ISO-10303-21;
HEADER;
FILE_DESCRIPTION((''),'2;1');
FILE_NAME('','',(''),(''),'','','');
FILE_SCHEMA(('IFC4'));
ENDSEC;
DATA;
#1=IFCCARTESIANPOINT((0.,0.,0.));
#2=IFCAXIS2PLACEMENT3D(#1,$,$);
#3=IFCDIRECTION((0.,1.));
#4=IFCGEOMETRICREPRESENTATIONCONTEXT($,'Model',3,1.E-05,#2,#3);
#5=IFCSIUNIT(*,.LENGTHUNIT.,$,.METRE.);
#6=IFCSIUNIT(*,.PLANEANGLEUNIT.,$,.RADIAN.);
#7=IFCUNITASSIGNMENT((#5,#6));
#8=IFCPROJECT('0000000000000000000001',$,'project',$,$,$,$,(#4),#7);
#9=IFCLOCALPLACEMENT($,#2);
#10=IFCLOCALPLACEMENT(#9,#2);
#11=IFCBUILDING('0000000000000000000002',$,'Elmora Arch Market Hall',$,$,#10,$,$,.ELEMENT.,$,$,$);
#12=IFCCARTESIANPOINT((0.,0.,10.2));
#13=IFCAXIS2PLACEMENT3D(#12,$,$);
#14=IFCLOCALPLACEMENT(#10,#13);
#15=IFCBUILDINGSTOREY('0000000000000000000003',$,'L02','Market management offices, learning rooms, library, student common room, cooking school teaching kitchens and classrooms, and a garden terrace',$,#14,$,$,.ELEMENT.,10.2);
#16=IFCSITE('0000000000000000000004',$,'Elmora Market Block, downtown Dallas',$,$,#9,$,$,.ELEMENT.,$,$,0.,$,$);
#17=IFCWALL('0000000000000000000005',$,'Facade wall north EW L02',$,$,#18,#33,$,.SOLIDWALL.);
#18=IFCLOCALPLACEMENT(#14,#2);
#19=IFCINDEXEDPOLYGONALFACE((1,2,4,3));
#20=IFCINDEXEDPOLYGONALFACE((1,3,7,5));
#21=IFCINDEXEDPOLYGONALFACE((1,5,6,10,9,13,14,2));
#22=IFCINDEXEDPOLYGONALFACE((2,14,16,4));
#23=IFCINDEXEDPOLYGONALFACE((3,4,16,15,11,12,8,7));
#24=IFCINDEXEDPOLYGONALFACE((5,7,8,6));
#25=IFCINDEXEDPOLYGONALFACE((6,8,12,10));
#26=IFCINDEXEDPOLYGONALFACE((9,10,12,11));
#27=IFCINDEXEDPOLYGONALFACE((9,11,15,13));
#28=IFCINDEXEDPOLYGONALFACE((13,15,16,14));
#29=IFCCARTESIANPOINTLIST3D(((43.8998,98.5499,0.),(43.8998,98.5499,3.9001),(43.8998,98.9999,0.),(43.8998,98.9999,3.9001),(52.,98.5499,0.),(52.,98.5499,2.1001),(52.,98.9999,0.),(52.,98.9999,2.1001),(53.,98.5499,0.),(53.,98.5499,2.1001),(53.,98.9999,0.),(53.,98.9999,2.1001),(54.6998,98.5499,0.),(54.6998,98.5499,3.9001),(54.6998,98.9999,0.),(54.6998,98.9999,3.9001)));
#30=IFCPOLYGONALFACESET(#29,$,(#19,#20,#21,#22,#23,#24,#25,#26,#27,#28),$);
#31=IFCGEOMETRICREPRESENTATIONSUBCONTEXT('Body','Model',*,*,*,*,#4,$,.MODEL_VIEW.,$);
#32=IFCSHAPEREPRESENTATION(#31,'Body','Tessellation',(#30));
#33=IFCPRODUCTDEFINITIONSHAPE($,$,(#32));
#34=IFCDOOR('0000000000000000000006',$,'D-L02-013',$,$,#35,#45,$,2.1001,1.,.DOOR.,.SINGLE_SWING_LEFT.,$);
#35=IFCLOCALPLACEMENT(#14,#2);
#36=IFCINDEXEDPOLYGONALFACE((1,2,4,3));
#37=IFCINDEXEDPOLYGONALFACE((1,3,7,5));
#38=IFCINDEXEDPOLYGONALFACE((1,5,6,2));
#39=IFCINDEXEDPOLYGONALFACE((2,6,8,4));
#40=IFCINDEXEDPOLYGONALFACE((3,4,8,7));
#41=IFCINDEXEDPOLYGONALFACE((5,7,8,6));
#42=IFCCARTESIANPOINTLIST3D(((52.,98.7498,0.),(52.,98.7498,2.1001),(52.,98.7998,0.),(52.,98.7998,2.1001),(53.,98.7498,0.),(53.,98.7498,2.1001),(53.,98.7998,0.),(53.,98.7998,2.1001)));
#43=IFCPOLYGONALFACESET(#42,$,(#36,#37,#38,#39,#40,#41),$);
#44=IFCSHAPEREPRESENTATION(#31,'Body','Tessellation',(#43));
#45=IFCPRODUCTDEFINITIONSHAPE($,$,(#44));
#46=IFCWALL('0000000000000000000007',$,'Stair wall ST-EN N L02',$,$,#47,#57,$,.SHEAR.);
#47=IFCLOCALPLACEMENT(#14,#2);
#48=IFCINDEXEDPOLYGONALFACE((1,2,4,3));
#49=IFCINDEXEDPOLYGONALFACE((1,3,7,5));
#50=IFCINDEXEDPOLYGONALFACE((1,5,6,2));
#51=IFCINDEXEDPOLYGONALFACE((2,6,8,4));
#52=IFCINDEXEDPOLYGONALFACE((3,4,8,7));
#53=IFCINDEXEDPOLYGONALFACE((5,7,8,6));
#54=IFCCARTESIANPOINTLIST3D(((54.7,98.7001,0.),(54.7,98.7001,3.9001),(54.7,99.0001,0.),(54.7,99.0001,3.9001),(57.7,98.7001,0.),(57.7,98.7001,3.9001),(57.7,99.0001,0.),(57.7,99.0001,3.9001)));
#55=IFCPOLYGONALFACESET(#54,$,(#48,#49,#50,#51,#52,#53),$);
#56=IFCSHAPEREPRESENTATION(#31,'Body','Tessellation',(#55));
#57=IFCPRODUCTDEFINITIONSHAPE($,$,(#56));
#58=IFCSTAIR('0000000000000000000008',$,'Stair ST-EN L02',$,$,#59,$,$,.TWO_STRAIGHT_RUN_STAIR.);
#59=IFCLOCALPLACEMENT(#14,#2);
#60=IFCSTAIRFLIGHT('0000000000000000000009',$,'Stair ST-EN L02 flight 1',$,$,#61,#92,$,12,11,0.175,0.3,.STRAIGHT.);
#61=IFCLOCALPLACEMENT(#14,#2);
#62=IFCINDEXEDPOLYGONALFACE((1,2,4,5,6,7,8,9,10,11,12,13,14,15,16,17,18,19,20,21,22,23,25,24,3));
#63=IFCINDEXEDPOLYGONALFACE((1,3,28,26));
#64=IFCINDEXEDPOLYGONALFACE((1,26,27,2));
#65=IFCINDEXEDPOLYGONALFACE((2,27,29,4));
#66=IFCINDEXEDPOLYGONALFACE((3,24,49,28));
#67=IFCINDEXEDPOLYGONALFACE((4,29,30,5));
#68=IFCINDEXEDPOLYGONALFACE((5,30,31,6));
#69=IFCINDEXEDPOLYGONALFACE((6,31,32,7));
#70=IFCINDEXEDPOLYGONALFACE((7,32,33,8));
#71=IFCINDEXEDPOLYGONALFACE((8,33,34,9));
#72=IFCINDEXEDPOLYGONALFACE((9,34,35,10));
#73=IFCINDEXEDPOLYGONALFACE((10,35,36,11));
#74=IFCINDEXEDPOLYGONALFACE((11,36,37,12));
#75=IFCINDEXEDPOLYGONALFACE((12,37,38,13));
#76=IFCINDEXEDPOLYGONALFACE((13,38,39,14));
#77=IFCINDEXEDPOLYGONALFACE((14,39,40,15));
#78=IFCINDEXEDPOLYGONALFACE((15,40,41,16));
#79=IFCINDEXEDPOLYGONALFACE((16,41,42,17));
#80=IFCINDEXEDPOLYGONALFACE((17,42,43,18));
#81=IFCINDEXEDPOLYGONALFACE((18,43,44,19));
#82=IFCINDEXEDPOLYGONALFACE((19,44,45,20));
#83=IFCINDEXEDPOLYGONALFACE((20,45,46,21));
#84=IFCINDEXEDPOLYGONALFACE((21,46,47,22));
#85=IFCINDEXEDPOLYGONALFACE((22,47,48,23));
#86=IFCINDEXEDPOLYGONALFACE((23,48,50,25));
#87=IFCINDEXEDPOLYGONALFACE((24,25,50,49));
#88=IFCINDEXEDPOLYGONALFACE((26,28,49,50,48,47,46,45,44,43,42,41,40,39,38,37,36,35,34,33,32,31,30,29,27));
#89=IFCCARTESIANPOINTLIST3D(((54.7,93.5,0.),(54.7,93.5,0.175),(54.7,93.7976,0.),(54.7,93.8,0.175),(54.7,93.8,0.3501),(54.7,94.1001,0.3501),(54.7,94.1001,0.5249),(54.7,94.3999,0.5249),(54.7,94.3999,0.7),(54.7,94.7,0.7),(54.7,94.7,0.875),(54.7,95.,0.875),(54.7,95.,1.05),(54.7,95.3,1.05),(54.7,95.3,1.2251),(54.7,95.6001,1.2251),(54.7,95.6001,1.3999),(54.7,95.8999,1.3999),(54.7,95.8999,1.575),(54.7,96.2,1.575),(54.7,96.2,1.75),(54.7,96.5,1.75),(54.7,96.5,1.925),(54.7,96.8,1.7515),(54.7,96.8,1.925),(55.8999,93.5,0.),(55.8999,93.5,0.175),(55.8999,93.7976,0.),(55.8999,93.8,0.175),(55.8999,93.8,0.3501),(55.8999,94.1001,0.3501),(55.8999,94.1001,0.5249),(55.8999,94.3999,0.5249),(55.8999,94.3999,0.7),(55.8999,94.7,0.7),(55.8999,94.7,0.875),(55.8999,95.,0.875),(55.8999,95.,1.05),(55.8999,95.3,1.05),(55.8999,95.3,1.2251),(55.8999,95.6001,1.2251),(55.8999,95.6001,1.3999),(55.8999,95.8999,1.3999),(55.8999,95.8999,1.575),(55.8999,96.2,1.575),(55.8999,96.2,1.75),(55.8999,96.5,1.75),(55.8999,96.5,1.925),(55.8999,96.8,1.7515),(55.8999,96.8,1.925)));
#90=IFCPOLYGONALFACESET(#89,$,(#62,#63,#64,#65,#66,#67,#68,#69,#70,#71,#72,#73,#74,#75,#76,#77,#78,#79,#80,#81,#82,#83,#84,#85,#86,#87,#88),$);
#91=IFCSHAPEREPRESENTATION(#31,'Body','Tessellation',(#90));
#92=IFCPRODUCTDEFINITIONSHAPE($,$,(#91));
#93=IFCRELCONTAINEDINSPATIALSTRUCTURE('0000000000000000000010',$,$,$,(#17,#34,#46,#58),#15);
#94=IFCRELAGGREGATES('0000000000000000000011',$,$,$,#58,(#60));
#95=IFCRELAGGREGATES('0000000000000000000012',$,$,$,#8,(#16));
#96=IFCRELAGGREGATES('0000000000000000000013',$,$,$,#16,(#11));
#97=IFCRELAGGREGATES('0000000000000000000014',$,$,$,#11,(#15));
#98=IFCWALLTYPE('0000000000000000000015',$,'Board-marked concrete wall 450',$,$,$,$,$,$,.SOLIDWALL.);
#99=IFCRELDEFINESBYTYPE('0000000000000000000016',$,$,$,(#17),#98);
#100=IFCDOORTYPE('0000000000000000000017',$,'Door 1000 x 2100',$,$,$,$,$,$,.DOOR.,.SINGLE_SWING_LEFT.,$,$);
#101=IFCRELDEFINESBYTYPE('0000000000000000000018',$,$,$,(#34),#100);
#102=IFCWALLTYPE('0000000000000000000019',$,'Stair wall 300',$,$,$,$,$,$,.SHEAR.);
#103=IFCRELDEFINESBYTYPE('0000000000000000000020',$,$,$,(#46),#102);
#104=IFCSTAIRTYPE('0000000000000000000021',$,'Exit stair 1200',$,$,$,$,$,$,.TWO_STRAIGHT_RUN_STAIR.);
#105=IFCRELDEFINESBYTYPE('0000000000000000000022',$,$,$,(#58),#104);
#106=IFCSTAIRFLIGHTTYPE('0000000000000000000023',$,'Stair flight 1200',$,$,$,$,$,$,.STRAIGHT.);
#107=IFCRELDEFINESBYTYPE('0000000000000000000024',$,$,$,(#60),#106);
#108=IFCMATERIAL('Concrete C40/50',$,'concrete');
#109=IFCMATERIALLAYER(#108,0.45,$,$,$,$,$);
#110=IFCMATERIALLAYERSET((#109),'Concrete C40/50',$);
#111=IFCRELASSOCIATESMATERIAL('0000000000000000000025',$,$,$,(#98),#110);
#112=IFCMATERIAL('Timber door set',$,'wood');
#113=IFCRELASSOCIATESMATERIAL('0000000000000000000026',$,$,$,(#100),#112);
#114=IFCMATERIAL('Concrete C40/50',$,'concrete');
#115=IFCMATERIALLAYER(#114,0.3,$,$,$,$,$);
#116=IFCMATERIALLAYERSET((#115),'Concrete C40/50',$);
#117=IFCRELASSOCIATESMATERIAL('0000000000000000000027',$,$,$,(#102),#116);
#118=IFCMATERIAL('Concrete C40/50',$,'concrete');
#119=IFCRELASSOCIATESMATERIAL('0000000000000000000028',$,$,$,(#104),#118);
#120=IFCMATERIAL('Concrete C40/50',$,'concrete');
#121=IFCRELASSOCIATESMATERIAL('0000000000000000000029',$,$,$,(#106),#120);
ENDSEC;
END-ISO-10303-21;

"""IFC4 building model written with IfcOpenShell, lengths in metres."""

from ifc_helpers import new_model, si_unit, direction, frame, frame_2d, origin, place, context, subcontext, project, spatial, polyline, rectangle, outline, extrude, material, layer, layer_set, type_object, element, fill, aggregate, save


model = new_model("IFC4")

# Units and contexts
model_context = context("Model", 3, precision=1e-05, world=origin(), true_north=direction((0.0, 1.0)))
body_context = subcontext(model_context, "Body", "Model", "MODEL_VIEW")
ifc_project = project(units=[si_unit("LENGTHUNIT", "METRE"), si_unit("PLANEANGLEUNIT", "RADIAN")], contexts=[model_context])

# Site, building, storey
site_placement = place(None, origin())
site = spatial("IfcSite", under=ifc_project, at=site_placement, Name="Elmora Market Block, downtown Dallas", CompositionType="ELEMENT", RefElevation=0.0)
building_placement = place(site_placement, origin())
building = spatial("IfcBuilding", under=site, at=building_placement, Name="Elmora Arch Market Hall", CompositionType="ELEMENT")
storey_placement = place(building_placement, frame((0.0, 0.0, 10.2)))
storey = spatial("IfcBuildingStorey", under=building, at=storey_placement, Name="L02", Description="Market management offices, learning rooms, library, student common room, cooking school teaching kitchens and classrooms, and a garden terrace", CompositionType="ELEMENT", Elevation=10.2)

# Wall, opening, door
ifc_material_1 = material(Name="Concrete C40/50", Category="concrete")
ifc_layer_1 = layer(ifc_material_1, 0.45)
ifc_layer_set_1 = layer_set([ifc_layer_1], Name="Concrete C40/50")
wall_type_1 = type_object("IfcWallType", Name="Board-marked concrete wall 450", PredefinedType="SOLIDWALL", material=ifc_layer_set_1)
wall_1_placement = place(storey_placement, frame((43.8999, 98.7749, 0.0), z_axis=(0.0, 0.0, 1.0), x_axis=(1.0, 0.0, 0.0)))
wall_1 = element("IfcWall", 1, at=wall_1_placement, inside=storey, type_object=wall_type_1, Name="Facade wall north EW L02", PredefinedType="SOLIDWALL", context=body_context, shape_type="SweptSolid", body=[
    extrude(rectangle(XDim=10.8, YDim=0.45, at=frame_2d((5.3999, 0.0))), origin(), (0.0, 0.0, 1.0), 3.9001),
])
opening_placement = place(wall_1_placement, frame((8.1001, 0.0, 0.0)))
opening = element("IfcOpeningElement", 2, at=opening_placement, cuts=wall_1, PredefinedType="OPENING", context=body_context, shape_type="SweptSolid", body=[
    extrude(rectangle(XDim=1.0, YDim=2.1001, at=frame_2d((0.5, 1.05))), frame((0.0, 0.2349, 0.0), z_axis=(0.0, -1.0, 0.0), x_axis=(1.0, 0.0, 0.0)), (0.0, 0.0, 1.0), 0.47),
])
ifc_material_2 = material(Name="Timber door set", Category="wood")
door_type = type_object("IfcDoorType", Name="Door 1000 x 2100", OperationType="SINGLE_SWING_LEFT", PredefinedType="DOOR", material=ifc_material_2)
door_placement = place(opening_placement, origin())
door = element("IfcDoor", 3, at=door_placement, inside=storey, type_object=door_type, Name="D-L02-013", OperationType="SINGLE_SWING_LEFT", OverallHeight=2.1001, OverallWidth=1.0, PredefinedType="DOOR", context=body_context, shape_type="SweptSolid", body=[
    extrude(rectangle(XDim=1.0, YDim=2.1001, at=frame_2d((0.5, 1.05))), frame((0.0, 0.0249, 0.0), z_axis=(0.0, -1.0, 0.0), x_axis=(1.0, 0.0, 0.0)), (0.0, 0.0, 1.0), 0.05),
])
fill(opening, door)

# Wall
ifc_material_3 = material(Name="Concrete C40/50", Category="concrete")
ifc_layer_2 = layer(ifc_material_3, 0.3)
ifc_layer_set_2 = layer_set([ifc_layer_2], Name="Concrete C40/50")
wall_type_2 = type_object("IfcWallType", Name="Stair wall 300", PredefinedType="SHEAR", material=ifc_layer_set_2)
wall_2_placement = place(storey_placement, frame((54.7, 98.8501, 0.0), z_axis=(0.0, 0.0, 1.0), x_axis=(1.0, 0.0, 0.0)))
element("IfcWall", 4, at=wall_2_placement, inside=storey, type_object=wall_type_2, Name="Stair wall ST-EN N L02", PredefinedType="SHEAR", context=body_context, shape_type="SweptSolid", body=[
    extrude(rectangle(XDim=3.0, YDim=0.3, at=frame_2d((1.5, 0.0))), origin(), (0.0, 0.0, 1.0), 3.9001),
])

# Stair, stair flight
ifc_material_4 = material(Name="Concrete C40/50", Category="concrete")
stair_type = type_object("IfcStairType", Name="Exit stair 1200", PredefinedType="TWO_STRAIGHT_RUN_STAIR", material=ifc_material_4)
stair_placement = place(storey_placement, origin())
stair = element("IfcStair", 5, at=stair_placement, inside=storey, type_object=stair_type, Name="Stair ST-EN L02", PredefinedType="TWO_STRAIGHT_RUN_STAIR")
ifc_material_5 = material(Name="Concrete C40/50", Category="concrete")
stair_flight_type = type_object("IfcStairFlightType", Name="Stair flight 1200", PredefinedType="STRAIGHT", material=ifc_material_5)
stair_flight_placement = place(storey_placement, frame((55.3, 93.5, 0.0), z_axis=(0.0, 0.0, 1.0), x_axis=(0.0, 1.0, 0.0)))
stair_flight = element("IfcStairFlight", 6, at=stair_flight_placement, type_object=stair_flight_type, Name="Stair ST-EN L02 flight 1", NumberOfRisers=12, NumberOfTreads=11, PredefinedType="STRAIGHT", RiserHeight=0.175, TreadLength=0.3, context=body_context, shape_type="SweptSolid", body=[
    extrude(outline(polyline([(0.0, 0.0), (0.0, 0.175), (0.3, 0.175), (0.3, 0.3501), (0.6001, 0.3501), (0.6001, 0.5249), (0.8999, 0.5249), (0.8999, 0.7), (1.2, 0.7), (1.2, 0.875), (1.5, 0.875), (1.5, 1.05), (1.8, 1.05), (1.8, 1.2251), (2.1001, 1.2251), (2.1001, 1.3999), (2.3999, 1.3999), (2.3999, 1.575), (2.7, 1.575), (2.7, 1.75), (3.0, 1.75), (3.0, 1.925), (3.3, 1.925), (3.3, 2.1001), (3.3, 1.7515), (0.2976, 0.0), (0.0, 0.0)])), frame((0.0, 0.6001, 0.0), z_axis=(0.0, -1.0, 0.0), x_axis=(1.0, 0.0, 0.0)), (0.0, 0.0, 1.0), 1.2),
])
aggregate(stair, [stair_flight])

save(model, "model.ifc")
